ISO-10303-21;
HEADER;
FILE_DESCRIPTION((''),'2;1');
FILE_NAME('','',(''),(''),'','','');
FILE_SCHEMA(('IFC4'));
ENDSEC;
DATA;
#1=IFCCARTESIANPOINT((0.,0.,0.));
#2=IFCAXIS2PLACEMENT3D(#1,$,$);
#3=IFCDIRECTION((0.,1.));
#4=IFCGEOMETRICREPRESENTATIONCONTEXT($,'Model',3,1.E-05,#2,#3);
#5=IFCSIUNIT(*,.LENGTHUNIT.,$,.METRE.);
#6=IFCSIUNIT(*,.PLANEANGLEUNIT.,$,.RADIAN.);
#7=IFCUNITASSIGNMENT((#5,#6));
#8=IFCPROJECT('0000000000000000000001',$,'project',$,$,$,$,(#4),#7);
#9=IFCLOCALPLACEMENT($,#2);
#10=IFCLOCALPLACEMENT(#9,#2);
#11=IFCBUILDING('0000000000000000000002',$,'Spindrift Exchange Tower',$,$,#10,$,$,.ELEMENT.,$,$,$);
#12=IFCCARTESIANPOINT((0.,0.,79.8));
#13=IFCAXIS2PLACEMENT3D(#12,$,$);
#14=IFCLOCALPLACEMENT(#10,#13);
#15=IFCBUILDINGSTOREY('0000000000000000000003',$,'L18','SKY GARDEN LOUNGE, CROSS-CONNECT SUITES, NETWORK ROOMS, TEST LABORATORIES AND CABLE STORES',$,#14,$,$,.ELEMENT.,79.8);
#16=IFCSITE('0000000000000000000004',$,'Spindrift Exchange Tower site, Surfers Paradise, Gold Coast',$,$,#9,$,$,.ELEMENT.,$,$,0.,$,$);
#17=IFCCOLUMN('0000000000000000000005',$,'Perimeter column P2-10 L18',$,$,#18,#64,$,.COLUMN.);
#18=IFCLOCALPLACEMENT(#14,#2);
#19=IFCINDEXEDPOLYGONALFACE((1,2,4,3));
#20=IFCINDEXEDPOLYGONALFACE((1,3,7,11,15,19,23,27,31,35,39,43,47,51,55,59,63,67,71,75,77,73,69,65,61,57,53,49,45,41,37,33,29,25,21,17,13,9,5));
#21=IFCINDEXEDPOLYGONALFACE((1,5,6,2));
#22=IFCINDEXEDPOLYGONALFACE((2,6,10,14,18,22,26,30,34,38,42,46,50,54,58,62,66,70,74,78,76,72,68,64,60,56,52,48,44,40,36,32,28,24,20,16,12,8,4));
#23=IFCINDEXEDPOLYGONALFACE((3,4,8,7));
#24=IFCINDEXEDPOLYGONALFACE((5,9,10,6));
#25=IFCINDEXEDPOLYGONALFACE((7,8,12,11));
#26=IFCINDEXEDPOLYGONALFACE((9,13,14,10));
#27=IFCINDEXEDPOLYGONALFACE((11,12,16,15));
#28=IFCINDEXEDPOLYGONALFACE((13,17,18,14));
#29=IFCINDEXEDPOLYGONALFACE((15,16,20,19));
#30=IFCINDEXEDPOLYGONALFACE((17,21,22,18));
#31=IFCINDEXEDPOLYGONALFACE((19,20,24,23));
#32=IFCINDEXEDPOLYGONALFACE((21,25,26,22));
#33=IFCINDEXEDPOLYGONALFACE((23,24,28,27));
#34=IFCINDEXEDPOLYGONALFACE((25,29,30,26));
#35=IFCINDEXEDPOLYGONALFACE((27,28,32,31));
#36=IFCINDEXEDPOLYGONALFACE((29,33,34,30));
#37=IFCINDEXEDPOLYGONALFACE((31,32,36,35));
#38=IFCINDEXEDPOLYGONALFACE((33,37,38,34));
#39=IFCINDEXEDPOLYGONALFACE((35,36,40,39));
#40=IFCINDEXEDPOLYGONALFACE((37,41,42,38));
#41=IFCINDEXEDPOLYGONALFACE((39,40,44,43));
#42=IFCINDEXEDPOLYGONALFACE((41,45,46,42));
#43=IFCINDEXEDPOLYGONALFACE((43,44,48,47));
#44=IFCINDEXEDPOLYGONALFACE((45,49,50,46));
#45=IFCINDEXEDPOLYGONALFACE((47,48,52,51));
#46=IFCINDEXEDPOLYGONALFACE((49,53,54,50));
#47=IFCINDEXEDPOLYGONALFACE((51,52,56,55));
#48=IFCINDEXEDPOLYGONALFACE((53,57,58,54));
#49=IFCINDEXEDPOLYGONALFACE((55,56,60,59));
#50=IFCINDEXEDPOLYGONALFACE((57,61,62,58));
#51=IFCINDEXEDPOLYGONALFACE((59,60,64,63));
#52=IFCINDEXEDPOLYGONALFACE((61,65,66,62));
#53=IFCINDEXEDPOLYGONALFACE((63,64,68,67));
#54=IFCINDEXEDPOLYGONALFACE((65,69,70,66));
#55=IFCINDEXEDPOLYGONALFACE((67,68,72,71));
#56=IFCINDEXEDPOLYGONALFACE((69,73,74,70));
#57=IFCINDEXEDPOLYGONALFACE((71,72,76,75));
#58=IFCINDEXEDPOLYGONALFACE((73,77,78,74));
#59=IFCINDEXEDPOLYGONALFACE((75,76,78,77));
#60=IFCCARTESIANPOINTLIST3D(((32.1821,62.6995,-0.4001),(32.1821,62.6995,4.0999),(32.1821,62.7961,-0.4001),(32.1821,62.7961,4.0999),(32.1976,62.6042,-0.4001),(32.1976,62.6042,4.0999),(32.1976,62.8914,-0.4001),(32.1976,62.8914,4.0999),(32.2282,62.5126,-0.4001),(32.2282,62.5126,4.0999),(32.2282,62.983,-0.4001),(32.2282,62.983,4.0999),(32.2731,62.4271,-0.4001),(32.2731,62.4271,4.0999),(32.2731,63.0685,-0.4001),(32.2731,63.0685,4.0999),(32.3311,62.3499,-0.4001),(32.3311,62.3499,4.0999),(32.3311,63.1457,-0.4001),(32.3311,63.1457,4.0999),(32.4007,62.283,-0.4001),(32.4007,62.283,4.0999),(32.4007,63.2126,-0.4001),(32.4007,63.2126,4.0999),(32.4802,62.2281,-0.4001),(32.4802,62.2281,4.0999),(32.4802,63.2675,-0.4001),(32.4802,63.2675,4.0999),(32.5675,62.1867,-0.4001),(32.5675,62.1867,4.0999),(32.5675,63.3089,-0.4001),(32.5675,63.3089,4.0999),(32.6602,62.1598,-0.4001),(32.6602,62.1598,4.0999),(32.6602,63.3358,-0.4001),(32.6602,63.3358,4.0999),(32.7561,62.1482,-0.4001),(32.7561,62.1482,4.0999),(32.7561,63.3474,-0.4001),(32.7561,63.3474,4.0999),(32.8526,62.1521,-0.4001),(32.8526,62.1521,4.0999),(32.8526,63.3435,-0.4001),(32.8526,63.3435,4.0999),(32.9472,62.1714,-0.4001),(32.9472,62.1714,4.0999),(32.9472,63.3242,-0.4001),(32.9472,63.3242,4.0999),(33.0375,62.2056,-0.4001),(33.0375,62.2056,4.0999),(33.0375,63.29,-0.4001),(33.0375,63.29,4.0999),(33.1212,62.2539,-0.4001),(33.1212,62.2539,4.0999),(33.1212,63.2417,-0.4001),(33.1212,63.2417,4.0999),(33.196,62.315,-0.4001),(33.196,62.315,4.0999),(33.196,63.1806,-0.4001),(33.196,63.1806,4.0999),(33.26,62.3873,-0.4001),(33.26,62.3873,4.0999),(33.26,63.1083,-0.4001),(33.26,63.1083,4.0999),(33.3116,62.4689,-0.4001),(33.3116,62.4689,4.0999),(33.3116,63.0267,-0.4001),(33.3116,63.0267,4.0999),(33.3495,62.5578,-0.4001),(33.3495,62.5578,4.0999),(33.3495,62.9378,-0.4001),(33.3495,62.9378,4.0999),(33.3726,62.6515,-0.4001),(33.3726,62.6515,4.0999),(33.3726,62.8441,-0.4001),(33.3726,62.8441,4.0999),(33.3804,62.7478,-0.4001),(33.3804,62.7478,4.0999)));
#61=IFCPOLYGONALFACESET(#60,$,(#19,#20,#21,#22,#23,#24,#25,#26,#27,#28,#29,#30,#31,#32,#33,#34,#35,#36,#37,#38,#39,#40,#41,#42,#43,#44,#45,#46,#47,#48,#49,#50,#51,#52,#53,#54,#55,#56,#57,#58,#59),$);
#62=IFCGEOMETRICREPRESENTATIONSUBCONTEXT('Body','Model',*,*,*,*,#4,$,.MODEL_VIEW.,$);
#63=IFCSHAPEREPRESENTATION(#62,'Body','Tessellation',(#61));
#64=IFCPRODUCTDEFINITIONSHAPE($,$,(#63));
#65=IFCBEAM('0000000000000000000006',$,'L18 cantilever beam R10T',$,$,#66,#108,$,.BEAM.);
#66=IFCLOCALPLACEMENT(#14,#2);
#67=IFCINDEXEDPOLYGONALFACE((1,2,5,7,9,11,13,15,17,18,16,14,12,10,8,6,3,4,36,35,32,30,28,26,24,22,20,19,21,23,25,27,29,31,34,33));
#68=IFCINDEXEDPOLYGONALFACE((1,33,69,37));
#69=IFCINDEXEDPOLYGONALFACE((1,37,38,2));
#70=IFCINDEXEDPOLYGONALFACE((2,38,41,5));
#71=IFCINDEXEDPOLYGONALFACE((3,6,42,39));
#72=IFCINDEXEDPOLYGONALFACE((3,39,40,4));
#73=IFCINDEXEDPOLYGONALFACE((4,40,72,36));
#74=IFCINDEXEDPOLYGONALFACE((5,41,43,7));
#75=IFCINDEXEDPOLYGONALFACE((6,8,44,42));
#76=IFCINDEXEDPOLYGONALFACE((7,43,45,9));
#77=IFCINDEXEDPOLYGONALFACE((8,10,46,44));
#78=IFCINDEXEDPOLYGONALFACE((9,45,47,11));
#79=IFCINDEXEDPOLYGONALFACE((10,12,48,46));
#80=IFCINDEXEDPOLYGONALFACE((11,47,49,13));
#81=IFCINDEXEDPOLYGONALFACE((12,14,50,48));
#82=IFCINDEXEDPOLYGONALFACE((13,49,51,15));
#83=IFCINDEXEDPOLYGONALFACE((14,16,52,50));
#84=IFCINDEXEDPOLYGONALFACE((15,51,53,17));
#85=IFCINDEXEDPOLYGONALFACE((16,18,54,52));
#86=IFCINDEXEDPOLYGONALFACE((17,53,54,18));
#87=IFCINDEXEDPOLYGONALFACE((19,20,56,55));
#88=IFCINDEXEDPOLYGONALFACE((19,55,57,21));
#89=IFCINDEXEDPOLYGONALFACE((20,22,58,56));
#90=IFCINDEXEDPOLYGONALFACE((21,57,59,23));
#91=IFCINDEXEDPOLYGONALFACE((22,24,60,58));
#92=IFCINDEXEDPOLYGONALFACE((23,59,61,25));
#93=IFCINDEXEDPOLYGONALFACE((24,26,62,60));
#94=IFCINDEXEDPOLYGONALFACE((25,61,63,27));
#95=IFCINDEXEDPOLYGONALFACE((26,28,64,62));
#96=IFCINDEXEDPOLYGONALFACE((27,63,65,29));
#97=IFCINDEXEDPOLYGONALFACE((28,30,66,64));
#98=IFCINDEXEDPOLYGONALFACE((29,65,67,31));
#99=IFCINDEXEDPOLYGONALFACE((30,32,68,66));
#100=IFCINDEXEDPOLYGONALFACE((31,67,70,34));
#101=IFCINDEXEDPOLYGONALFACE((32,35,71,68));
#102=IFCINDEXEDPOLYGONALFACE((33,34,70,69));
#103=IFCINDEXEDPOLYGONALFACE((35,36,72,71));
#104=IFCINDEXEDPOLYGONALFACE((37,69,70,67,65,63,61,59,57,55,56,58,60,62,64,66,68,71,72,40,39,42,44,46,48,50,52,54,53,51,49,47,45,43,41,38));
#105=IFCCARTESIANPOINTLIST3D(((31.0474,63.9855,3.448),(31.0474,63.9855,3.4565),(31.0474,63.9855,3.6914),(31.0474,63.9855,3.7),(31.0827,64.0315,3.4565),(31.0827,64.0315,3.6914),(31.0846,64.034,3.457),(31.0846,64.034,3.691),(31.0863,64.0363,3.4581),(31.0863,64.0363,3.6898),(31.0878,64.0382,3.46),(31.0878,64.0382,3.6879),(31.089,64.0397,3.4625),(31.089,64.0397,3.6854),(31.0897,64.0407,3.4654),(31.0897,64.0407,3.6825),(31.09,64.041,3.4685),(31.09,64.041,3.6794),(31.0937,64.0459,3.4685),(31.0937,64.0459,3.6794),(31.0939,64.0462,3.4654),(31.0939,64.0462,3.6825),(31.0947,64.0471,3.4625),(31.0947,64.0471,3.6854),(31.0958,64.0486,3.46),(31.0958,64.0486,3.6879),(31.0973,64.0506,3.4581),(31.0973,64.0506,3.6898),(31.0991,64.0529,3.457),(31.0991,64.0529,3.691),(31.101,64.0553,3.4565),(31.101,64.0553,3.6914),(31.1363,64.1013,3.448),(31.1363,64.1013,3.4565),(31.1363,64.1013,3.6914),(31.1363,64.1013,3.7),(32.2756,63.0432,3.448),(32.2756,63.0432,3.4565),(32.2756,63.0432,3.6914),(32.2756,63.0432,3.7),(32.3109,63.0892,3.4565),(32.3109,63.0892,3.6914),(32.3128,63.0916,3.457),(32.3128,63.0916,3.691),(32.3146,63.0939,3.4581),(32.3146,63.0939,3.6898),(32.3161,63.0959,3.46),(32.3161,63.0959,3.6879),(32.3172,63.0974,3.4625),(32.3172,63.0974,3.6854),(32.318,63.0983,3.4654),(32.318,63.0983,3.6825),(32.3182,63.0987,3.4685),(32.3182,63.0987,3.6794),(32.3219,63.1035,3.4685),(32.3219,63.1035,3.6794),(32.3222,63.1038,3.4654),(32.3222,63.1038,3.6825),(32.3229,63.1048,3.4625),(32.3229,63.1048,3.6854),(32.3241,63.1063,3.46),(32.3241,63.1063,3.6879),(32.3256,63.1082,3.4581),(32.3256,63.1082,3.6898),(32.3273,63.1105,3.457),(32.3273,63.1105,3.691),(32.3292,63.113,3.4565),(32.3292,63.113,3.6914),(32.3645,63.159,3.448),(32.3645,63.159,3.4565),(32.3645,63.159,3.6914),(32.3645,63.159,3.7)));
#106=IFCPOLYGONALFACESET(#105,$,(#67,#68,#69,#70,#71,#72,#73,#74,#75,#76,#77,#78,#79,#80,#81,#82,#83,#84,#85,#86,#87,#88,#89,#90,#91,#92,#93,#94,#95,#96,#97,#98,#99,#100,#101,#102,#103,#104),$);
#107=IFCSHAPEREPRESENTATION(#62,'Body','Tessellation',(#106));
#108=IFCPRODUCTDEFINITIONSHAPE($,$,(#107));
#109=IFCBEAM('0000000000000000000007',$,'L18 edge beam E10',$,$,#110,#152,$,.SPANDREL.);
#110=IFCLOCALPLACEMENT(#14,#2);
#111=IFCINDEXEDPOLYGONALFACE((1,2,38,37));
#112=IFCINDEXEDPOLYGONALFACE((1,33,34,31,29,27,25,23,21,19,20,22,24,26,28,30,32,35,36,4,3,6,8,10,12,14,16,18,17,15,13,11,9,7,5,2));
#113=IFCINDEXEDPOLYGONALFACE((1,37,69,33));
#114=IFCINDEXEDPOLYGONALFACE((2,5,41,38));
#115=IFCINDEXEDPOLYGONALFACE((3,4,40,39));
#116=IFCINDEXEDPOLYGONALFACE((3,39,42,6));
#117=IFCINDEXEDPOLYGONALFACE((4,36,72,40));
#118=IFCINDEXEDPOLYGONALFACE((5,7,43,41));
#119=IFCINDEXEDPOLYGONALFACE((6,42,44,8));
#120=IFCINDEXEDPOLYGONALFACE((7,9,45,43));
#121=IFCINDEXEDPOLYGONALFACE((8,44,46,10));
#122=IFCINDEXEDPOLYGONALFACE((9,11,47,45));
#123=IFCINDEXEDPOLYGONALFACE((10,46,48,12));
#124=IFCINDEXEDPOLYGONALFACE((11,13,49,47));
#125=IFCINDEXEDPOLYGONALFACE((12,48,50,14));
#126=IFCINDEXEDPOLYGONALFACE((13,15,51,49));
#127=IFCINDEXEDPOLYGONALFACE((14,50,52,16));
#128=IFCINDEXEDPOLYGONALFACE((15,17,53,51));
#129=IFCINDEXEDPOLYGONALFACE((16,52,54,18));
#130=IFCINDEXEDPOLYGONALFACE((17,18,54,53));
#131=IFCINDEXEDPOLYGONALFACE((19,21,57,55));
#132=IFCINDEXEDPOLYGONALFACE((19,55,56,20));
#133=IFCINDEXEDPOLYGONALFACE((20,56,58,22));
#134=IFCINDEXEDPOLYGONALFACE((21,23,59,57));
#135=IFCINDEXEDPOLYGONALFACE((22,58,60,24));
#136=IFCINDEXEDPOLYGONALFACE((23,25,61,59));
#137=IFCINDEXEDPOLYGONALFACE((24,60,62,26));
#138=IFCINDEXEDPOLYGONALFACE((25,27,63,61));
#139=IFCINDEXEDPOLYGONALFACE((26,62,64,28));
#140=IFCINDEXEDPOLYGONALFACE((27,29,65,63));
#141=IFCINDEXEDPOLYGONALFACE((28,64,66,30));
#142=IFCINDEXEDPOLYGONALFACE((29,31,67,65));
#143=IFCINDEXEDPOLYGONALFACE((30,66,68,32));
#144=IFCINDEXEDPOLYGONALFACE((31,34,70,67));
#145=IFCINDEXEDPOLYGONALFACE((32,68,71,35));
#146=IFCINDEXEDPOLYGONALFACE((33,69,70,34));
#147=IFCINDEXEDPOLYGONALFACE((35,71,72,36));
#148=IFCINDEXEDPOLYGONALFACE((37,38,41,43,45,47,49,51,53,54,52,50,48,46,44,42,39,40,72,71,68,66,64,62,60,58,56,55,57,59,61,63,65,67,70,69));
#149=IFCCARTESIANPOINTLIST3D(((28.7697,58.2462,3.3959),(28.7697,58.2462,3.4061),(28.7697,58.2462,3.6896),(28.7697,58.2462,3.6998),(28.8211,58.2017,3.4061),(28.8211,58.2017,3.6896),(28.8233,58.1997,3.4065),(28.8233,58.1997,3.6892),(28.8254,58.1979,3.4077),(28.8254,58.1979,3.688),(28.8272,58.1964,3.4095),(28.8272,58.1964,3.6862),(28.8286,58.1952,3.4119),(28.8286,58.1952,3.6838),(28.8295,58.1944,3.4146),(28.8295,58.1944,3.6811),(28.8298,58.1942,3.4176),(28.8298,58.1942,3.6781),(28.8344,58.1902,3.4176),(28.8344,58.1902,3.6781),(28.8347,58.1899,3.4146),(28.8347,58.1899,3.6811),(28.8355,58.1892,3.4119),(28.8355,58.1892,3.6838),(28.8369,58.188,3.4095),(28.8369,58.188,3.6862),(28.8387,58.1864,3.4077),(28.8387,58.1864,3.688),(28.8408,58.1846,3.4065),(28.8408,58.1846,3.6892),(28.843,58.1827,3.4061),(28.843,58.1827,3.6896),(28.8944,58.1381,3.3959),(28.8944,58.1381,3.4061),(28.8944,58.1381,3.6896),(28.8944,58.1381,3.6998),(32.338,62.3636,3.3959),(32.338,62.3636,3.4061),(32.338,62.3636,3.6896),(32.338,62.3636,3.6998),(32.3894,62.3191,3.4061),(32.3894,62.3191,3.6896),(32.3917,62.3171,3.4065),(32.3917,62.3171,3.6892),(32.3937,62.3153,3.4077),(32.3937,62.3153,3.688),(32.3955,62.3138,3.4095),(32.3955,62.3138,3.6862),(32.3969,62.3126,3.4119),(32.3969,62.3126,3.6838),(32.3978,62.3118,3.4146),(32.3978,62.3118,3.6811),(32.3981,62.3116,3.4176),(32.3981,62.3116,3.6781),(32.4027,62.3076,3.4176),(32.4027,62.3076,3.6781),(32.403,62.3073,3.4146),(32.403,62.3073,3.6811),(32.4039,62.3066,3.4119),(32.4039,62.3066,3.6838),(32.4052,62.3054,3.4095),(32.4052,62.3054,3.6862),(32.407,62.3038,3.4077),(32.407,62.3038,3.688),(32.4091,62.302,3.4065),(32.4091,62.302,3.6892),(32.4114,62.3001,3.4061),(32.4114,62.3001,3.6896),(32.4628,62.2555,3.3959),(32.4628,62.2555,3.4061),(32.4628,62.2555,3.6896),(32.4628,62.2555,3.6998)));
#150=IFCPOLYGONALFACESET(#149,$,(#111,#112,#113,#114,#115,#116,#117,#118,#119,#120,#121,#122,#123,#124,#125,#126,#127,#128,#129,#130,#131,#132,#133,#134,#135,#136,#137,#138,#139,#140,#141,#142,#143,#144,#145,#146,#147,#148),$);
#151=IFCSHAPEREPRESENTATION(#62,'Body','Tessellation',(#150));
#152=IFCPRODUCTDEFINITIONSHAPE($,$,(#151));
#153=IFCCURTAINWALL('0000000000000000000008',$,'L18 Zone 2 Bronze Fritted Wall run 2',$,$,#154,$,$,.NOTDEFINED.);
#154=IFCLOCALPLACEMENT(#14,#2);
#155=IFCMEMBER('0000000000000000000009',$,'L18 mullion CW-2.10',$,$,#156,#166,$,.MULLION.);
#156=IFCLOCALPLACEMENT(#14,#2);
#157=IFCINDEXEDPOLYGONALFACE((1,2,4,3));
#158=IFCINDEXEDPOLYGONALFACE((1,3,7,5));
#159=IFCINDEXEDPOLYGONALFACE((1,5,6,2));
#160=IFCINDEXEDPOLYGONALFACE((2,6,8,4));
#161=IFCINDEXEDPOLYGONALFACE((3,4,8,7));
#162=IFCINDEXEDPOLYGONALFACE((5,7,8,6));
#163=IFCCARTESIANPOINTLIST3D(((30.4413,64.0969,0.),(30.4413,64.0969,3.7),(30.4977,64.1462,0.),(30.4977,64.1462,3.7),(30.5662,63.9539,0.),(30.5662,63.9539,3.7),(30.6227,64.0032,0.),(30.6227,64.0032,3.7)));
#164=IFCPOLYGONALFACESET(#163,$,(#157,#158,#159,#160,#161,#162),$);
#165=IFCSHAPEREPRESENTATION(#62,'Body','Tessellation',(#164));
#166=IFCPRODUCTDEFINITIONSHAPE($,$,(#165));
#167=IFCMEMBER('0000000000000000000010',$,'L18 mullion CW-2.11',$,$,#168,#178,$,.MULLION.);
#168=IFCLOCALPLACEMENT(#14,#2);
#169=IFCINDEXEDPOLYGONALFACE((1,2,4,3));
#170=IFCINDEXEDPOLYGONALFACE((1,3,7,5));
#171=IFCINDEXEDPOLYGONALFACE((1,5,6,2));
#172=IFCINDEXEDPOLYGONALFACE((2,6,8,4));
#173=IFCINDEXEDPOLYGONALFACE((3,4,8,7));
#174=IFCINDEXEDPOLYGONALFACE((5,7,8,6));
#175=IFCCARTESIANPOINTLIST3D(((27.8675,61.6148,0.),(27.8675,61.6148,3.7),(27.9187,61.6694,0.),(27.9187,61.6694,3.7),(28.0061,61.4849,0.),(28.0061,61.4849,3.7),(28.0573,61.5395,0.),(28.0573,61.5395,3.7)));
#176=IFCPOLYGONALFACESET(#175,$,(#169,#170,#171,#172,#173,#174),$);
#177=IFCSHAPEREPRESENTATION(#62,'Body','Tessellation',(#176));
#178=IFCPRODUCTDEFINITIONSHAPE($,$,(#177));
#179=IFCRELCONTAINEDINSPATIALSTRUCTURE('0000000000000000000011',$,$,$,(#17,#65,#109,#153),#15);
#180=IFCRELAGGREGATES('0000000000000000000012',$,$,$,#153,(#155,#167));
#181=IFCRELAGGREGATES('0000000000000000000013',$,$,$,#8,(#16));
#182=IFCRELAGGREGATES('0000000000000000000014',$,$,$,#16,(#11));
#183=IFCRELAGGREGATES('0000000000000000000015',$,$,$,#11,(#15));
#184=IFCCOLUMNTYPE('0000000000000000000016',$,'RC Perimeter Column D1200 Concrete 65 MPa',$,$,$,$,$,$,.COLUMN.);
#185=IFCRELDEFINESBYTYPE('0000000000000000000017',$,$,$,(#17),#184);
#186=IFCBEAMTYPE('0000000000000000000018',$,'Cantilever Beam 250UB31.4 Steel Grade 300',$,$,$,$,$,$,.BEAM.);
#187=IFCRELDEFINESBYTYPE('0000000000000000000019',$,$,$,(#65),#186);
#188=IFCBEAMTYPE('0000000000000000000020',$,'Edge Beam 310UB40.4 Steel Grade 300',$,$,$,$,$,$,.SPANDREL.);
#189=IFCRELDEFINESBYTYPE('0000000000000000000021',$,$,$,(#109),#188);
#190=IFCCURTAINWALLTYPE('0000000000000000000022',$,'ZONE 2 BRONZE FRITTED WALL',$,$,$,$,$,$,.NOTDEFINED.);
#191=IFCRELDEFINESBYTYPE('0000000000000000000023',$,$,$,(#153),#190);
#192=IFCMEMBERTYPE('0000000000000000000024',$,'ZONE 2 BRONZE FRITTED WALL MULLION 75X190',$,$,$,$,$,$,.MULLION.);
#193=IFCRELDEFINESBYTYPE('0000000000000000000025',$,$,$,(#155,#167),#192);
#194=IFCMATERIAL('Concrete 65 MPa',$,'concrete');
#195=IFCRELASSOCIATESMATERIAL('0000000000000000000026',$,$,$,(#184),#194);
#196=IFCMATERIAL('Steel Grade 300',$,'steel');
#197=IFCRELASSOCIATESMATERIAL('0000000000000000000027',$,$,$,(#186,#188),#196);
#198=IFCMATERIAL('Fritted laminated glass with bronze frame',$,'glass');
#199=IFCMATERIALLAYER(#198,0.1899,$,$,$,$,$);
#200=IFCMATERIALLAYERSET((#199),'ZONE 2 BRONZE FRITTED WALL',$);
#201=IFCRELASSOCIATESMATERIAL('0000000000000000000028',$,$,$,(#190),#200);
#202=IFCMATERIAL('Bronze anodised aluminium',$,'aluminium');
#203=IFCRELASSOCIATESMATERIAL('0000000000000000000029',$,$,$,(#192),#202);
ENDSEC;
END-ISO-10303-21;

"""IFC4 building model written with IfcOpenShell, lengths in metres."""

from ifc_helpers import new_model, si_unit, direction, frame, origin, origin_2d, place, context, subcontext, project, spatial, rectangle, circle, i_section, extrude, source, transform, mapped, material, layer, layer_set, material_profile, profile_set, type_object, element, aggregate, save


model = new_model("IFC4")

# Units and contexts
model_context = context("Model", 3, precision=1e-05, world=origin(), true_north=direction((0.0, 1.0)))
body_context = subcontext(model_context, "Body", "Model", "MODEL_VIEW")
ifc_project = project(units=[si_unit("LENGTHUNIT", "METRE"), si_unit("PLANEANGLEUNIT", "RADIAN")], contexts=[model_context])

# Site, building, storey
site_placement = place(None, origin())
site = spatial("IfcSite", under=ifc_project, at=site_placement, Name="Spindrift Exchange Tower site, Surfers Paradise, Gold Coast", CompositionType="ELEMENT", RefElevation=0.0)
building_placement = place(site_placement, origin())
building = spatial("IfcBuilding", under=site, at=building_placement, Name="Spindrift Exchange Tower", CompositionType="ELEMENT")
storey_placement = place(building_placement, frame((0.0, 0.0, 79.8)))
storey = spatial("IfcBuildingStorey", under=building, at=storey_placement, Name="L18", Description="SKY GARDEN LOUNGE, CROSS-CONNECT SUITES, NETWORK ROOMS, TEST LABORATORIES AND CABLE STORES", CompositionType="ELEMENT", Elevation=79.8)

# Column
ifc_material_1 = material(Name="Concrete 65 MPa", Category="concrete")
ifc_material_profile_1 = material_profile(ifc_material_1, circle(Radius=0.6001, at=origin_2d()), Name="RC D1200")
ifc_profile_set_1 = profile_set([ifc_material_profile_1], Name="Concrete 65 MPa")
column_type = type_object("IfcColumnType", Name="RC Perimeter Column D1200 Concrete 65 MPa", PredefinedType="COLUMN", material=ifc_profile_set_1)
shared_shape_1 = source(origin(), body_context, "Body", "SweptSolid", [
    extrude(circle(Radius=0.6001, at=origin_2d()), origin(), (0.0, 0.0, 1.0), 4.5),
])
column_placement = place(storey_placement, frame((32.7803, 62.7478, -0.4001), z_axis=(0.0, 0.0, 1.0), x_axis=(1.0, 0.0, 0.0)))
element("IfcColumn", 1, at=column_placement, inside=storey, type_object=column_type, Name="Perimeter column P2-10 L18", PredefinedType="COLUMN", context=body_context, shape_type="MappedRepresentation", body=[
    mapped(shared_shape_1, transform((0.0, 0.0, 0.0), scale=1.0)),
])

# Beams
ifc_material_2 = material(Name="Steel Grade 300", Category="steel")
ifc_material_profile_2 = material_profile(ifc_material_2, i_section(OverallWidth=0.146, OverallDepth=0.252, WebThickness=0.0061, FlangeThickness=0.0085, FilletRadius=0.012, at=origin_2d()), Name="250UB31.4")
ifc_profile_set_2 = profile_set([ifc_material_profile_2], Name="Steel Grade 300")
beam_type_1 = type_object("IfcBeamType", Name="Cantilever Beam 250UB31.4 Steel Grade 300", PredefinedType="BEAM", material=ifc_profile_set_2)
shared_shape_2 = source(origin(), body_context, "Body", "SweptSolid", [
    extrude(i_section(OverallWidth=0.146, OverallDepth=0.252, WebThickness=0.0061, FlangeThickness=0.0085, FilletRadius=0.012, at=origin_2d()), origin(), (0.0, 0.0, 1.0), 1.5481),
])
beam_1_placement = place(storey_placement, frame((32.3201, 63.1011, 3.574), z_axis=(-0.793385, 0.60872, 0.0), x_axis=(-0.60872, -0.793385, 0.0)))
element("IfcBeam", 2, at=beam_1_placement, inside=storey, type_object=beam_type_1, Name="L18 cantilever beam R10T", PredefinedType="BEAM", context=body_context, shape_type="MappedRepresentation", body=[
    mapped(shared_shape_2, transform((0.0, 0.0, 0.0), scale=1.0)),
])
ifc_material_profile_3 = material_profile(ifc_material_2, i_section(OverallWidth=0.165, OverallDepth=0.304, WebThickness=0.0061, FlangeThickness=0.0103, FilletRadius=0.0115, at=origin_2d()), Name="310UB40.4")
ifc_profile_set_3 = profile_set([ifc_material_profile_3], Name="Steel Grade 300")
beam_type_2 = type_object("IfcBeamType", Name="Edge Beam 310UB40.4 Steel Grade 300", PredefinedType="SPANDREL", material=ifc_profile_set_3)
shared_shape_3 = source(origin(), body_context, "Body", "SweptSolid", [
    extrude(i_section(OverallWidth=0.165, OverallDepth=0.304, WebThickness=0.0061, FlangeThickness=0.0103, FilletRadius=0.0115, at=origin_2d()), origin(), (0.0, 0.0, 1.0), 5.4485),
])
beam_2_placement = place(storey_placement, frame((32.4004, 62.3096, 3.5479), z_axis=(-0.654922, -0.755696, 0.0), x_axis=(0.755696, -0.654922, 0.0)))
element("IfcBeam", 3, at=beam_2_placement, inside=storey, type_object=beam_type_2, Name="L18 edge beam E10", PredefinedType="SPANDREL", context=body_context, shape_type="MappedRepresentation", body=[
    mapped(shared_shape_3, transform((0.0, 0.0, 0.0), scale=1.0)),
])

# Curtain wall, members
ifc_material_3 = material(Name="Fritted laminated glass with bronze frame", Category="glass")
ifc_layer_1 = layer(ifc_material_3, 0.1899)
ifc_layer_set_1 = layer_set([ifc_layer_1], Name="ZONE 2 BRONZE FRITTED WALL")
curtain_wall_type = type_object("IfcCurtainWallType", Name="ZONE 2 BRONZE FRITTED WALL", PredefinedType="NOTDEFINED", material=ifc_layer_set_1)
curtain_wall_placement = place(storey_placement, origin())
curtain_wall = element("IfcCurtainWall", 4, at=curtain_wall_placement, inside=storey, type_object=curtain_wall_type, Name="L18 Zone 2 Bronze Fritted Wall run 2", PredefinedType="NOTDEFINED")
ifc_material_4 = material(Name="Bronze anodised aluminium", Category="aluminium")
ifc_material_profile_4 = material_profile(ifc_material_4, rectangle(XDim=0.075, YDim=0.1899, at=origin_2d()), Name="ZONE 2 BRONZE FRITTED WALL MULLION 75X190")
ifc_profile_set_4 = profile_set([ifc_material_profile_4], Name="Bronze anodised aluminium")
member_type_1 = type_object("IfcMemberType", Name="ZONE 2 BRONZE FRITTED WALL MULLION 75X190", PredefinedType="MULLION", material=ifc_profile_set_4)
shared_shape_4 = source(origin(), body_context, "Body", "SweptSolid", [
    extrude(rectangle(XDim=0.075, YDim=0.1899, at=origin_2d()), origin(), (0.0, 0.0, 1.0), 3.7),
])
member_1_placement = place(storey_placement, frame((30.532, 64.05, 0.0), z_axis=(0.0, 0.0, 1.0), x_axis=(-0.753079, -0.65793, 0.0)))
member_1 = element("IfcMember", 5, at=member_1_placement, type_object=member_type_1, Name="L18 mullion CW-2.10", PredefinedType="MULLION", context=body_context, shape_type="MappedRepresentation", body=[
    mapped(shared_shape_4, transform((0.0, 0.0, 0.0), scale=1.0)),
])
member_2_placement = place(storey_placement, frame((27.9624, 61.5771, 0.0), z_axis=(0.0, 0.0, 1.0), x_axis=(-0.683865, -0.729608, 0.0)))
member_2 = element("IfcMember", 6, at=member_2_placement, type_object=member_type_1, Name="L18 mullion CW-2.11", PredefinedType="MULLION", context=body_context, shape_type="MappedRepresentation", body=[
    mapped(shared_shape_4, transform((0.0, 0.0, 0.0), scale=1.0)),
])
aggregate(curtain_wall, [member_1, member_2])

save(model, "model.ifc")
